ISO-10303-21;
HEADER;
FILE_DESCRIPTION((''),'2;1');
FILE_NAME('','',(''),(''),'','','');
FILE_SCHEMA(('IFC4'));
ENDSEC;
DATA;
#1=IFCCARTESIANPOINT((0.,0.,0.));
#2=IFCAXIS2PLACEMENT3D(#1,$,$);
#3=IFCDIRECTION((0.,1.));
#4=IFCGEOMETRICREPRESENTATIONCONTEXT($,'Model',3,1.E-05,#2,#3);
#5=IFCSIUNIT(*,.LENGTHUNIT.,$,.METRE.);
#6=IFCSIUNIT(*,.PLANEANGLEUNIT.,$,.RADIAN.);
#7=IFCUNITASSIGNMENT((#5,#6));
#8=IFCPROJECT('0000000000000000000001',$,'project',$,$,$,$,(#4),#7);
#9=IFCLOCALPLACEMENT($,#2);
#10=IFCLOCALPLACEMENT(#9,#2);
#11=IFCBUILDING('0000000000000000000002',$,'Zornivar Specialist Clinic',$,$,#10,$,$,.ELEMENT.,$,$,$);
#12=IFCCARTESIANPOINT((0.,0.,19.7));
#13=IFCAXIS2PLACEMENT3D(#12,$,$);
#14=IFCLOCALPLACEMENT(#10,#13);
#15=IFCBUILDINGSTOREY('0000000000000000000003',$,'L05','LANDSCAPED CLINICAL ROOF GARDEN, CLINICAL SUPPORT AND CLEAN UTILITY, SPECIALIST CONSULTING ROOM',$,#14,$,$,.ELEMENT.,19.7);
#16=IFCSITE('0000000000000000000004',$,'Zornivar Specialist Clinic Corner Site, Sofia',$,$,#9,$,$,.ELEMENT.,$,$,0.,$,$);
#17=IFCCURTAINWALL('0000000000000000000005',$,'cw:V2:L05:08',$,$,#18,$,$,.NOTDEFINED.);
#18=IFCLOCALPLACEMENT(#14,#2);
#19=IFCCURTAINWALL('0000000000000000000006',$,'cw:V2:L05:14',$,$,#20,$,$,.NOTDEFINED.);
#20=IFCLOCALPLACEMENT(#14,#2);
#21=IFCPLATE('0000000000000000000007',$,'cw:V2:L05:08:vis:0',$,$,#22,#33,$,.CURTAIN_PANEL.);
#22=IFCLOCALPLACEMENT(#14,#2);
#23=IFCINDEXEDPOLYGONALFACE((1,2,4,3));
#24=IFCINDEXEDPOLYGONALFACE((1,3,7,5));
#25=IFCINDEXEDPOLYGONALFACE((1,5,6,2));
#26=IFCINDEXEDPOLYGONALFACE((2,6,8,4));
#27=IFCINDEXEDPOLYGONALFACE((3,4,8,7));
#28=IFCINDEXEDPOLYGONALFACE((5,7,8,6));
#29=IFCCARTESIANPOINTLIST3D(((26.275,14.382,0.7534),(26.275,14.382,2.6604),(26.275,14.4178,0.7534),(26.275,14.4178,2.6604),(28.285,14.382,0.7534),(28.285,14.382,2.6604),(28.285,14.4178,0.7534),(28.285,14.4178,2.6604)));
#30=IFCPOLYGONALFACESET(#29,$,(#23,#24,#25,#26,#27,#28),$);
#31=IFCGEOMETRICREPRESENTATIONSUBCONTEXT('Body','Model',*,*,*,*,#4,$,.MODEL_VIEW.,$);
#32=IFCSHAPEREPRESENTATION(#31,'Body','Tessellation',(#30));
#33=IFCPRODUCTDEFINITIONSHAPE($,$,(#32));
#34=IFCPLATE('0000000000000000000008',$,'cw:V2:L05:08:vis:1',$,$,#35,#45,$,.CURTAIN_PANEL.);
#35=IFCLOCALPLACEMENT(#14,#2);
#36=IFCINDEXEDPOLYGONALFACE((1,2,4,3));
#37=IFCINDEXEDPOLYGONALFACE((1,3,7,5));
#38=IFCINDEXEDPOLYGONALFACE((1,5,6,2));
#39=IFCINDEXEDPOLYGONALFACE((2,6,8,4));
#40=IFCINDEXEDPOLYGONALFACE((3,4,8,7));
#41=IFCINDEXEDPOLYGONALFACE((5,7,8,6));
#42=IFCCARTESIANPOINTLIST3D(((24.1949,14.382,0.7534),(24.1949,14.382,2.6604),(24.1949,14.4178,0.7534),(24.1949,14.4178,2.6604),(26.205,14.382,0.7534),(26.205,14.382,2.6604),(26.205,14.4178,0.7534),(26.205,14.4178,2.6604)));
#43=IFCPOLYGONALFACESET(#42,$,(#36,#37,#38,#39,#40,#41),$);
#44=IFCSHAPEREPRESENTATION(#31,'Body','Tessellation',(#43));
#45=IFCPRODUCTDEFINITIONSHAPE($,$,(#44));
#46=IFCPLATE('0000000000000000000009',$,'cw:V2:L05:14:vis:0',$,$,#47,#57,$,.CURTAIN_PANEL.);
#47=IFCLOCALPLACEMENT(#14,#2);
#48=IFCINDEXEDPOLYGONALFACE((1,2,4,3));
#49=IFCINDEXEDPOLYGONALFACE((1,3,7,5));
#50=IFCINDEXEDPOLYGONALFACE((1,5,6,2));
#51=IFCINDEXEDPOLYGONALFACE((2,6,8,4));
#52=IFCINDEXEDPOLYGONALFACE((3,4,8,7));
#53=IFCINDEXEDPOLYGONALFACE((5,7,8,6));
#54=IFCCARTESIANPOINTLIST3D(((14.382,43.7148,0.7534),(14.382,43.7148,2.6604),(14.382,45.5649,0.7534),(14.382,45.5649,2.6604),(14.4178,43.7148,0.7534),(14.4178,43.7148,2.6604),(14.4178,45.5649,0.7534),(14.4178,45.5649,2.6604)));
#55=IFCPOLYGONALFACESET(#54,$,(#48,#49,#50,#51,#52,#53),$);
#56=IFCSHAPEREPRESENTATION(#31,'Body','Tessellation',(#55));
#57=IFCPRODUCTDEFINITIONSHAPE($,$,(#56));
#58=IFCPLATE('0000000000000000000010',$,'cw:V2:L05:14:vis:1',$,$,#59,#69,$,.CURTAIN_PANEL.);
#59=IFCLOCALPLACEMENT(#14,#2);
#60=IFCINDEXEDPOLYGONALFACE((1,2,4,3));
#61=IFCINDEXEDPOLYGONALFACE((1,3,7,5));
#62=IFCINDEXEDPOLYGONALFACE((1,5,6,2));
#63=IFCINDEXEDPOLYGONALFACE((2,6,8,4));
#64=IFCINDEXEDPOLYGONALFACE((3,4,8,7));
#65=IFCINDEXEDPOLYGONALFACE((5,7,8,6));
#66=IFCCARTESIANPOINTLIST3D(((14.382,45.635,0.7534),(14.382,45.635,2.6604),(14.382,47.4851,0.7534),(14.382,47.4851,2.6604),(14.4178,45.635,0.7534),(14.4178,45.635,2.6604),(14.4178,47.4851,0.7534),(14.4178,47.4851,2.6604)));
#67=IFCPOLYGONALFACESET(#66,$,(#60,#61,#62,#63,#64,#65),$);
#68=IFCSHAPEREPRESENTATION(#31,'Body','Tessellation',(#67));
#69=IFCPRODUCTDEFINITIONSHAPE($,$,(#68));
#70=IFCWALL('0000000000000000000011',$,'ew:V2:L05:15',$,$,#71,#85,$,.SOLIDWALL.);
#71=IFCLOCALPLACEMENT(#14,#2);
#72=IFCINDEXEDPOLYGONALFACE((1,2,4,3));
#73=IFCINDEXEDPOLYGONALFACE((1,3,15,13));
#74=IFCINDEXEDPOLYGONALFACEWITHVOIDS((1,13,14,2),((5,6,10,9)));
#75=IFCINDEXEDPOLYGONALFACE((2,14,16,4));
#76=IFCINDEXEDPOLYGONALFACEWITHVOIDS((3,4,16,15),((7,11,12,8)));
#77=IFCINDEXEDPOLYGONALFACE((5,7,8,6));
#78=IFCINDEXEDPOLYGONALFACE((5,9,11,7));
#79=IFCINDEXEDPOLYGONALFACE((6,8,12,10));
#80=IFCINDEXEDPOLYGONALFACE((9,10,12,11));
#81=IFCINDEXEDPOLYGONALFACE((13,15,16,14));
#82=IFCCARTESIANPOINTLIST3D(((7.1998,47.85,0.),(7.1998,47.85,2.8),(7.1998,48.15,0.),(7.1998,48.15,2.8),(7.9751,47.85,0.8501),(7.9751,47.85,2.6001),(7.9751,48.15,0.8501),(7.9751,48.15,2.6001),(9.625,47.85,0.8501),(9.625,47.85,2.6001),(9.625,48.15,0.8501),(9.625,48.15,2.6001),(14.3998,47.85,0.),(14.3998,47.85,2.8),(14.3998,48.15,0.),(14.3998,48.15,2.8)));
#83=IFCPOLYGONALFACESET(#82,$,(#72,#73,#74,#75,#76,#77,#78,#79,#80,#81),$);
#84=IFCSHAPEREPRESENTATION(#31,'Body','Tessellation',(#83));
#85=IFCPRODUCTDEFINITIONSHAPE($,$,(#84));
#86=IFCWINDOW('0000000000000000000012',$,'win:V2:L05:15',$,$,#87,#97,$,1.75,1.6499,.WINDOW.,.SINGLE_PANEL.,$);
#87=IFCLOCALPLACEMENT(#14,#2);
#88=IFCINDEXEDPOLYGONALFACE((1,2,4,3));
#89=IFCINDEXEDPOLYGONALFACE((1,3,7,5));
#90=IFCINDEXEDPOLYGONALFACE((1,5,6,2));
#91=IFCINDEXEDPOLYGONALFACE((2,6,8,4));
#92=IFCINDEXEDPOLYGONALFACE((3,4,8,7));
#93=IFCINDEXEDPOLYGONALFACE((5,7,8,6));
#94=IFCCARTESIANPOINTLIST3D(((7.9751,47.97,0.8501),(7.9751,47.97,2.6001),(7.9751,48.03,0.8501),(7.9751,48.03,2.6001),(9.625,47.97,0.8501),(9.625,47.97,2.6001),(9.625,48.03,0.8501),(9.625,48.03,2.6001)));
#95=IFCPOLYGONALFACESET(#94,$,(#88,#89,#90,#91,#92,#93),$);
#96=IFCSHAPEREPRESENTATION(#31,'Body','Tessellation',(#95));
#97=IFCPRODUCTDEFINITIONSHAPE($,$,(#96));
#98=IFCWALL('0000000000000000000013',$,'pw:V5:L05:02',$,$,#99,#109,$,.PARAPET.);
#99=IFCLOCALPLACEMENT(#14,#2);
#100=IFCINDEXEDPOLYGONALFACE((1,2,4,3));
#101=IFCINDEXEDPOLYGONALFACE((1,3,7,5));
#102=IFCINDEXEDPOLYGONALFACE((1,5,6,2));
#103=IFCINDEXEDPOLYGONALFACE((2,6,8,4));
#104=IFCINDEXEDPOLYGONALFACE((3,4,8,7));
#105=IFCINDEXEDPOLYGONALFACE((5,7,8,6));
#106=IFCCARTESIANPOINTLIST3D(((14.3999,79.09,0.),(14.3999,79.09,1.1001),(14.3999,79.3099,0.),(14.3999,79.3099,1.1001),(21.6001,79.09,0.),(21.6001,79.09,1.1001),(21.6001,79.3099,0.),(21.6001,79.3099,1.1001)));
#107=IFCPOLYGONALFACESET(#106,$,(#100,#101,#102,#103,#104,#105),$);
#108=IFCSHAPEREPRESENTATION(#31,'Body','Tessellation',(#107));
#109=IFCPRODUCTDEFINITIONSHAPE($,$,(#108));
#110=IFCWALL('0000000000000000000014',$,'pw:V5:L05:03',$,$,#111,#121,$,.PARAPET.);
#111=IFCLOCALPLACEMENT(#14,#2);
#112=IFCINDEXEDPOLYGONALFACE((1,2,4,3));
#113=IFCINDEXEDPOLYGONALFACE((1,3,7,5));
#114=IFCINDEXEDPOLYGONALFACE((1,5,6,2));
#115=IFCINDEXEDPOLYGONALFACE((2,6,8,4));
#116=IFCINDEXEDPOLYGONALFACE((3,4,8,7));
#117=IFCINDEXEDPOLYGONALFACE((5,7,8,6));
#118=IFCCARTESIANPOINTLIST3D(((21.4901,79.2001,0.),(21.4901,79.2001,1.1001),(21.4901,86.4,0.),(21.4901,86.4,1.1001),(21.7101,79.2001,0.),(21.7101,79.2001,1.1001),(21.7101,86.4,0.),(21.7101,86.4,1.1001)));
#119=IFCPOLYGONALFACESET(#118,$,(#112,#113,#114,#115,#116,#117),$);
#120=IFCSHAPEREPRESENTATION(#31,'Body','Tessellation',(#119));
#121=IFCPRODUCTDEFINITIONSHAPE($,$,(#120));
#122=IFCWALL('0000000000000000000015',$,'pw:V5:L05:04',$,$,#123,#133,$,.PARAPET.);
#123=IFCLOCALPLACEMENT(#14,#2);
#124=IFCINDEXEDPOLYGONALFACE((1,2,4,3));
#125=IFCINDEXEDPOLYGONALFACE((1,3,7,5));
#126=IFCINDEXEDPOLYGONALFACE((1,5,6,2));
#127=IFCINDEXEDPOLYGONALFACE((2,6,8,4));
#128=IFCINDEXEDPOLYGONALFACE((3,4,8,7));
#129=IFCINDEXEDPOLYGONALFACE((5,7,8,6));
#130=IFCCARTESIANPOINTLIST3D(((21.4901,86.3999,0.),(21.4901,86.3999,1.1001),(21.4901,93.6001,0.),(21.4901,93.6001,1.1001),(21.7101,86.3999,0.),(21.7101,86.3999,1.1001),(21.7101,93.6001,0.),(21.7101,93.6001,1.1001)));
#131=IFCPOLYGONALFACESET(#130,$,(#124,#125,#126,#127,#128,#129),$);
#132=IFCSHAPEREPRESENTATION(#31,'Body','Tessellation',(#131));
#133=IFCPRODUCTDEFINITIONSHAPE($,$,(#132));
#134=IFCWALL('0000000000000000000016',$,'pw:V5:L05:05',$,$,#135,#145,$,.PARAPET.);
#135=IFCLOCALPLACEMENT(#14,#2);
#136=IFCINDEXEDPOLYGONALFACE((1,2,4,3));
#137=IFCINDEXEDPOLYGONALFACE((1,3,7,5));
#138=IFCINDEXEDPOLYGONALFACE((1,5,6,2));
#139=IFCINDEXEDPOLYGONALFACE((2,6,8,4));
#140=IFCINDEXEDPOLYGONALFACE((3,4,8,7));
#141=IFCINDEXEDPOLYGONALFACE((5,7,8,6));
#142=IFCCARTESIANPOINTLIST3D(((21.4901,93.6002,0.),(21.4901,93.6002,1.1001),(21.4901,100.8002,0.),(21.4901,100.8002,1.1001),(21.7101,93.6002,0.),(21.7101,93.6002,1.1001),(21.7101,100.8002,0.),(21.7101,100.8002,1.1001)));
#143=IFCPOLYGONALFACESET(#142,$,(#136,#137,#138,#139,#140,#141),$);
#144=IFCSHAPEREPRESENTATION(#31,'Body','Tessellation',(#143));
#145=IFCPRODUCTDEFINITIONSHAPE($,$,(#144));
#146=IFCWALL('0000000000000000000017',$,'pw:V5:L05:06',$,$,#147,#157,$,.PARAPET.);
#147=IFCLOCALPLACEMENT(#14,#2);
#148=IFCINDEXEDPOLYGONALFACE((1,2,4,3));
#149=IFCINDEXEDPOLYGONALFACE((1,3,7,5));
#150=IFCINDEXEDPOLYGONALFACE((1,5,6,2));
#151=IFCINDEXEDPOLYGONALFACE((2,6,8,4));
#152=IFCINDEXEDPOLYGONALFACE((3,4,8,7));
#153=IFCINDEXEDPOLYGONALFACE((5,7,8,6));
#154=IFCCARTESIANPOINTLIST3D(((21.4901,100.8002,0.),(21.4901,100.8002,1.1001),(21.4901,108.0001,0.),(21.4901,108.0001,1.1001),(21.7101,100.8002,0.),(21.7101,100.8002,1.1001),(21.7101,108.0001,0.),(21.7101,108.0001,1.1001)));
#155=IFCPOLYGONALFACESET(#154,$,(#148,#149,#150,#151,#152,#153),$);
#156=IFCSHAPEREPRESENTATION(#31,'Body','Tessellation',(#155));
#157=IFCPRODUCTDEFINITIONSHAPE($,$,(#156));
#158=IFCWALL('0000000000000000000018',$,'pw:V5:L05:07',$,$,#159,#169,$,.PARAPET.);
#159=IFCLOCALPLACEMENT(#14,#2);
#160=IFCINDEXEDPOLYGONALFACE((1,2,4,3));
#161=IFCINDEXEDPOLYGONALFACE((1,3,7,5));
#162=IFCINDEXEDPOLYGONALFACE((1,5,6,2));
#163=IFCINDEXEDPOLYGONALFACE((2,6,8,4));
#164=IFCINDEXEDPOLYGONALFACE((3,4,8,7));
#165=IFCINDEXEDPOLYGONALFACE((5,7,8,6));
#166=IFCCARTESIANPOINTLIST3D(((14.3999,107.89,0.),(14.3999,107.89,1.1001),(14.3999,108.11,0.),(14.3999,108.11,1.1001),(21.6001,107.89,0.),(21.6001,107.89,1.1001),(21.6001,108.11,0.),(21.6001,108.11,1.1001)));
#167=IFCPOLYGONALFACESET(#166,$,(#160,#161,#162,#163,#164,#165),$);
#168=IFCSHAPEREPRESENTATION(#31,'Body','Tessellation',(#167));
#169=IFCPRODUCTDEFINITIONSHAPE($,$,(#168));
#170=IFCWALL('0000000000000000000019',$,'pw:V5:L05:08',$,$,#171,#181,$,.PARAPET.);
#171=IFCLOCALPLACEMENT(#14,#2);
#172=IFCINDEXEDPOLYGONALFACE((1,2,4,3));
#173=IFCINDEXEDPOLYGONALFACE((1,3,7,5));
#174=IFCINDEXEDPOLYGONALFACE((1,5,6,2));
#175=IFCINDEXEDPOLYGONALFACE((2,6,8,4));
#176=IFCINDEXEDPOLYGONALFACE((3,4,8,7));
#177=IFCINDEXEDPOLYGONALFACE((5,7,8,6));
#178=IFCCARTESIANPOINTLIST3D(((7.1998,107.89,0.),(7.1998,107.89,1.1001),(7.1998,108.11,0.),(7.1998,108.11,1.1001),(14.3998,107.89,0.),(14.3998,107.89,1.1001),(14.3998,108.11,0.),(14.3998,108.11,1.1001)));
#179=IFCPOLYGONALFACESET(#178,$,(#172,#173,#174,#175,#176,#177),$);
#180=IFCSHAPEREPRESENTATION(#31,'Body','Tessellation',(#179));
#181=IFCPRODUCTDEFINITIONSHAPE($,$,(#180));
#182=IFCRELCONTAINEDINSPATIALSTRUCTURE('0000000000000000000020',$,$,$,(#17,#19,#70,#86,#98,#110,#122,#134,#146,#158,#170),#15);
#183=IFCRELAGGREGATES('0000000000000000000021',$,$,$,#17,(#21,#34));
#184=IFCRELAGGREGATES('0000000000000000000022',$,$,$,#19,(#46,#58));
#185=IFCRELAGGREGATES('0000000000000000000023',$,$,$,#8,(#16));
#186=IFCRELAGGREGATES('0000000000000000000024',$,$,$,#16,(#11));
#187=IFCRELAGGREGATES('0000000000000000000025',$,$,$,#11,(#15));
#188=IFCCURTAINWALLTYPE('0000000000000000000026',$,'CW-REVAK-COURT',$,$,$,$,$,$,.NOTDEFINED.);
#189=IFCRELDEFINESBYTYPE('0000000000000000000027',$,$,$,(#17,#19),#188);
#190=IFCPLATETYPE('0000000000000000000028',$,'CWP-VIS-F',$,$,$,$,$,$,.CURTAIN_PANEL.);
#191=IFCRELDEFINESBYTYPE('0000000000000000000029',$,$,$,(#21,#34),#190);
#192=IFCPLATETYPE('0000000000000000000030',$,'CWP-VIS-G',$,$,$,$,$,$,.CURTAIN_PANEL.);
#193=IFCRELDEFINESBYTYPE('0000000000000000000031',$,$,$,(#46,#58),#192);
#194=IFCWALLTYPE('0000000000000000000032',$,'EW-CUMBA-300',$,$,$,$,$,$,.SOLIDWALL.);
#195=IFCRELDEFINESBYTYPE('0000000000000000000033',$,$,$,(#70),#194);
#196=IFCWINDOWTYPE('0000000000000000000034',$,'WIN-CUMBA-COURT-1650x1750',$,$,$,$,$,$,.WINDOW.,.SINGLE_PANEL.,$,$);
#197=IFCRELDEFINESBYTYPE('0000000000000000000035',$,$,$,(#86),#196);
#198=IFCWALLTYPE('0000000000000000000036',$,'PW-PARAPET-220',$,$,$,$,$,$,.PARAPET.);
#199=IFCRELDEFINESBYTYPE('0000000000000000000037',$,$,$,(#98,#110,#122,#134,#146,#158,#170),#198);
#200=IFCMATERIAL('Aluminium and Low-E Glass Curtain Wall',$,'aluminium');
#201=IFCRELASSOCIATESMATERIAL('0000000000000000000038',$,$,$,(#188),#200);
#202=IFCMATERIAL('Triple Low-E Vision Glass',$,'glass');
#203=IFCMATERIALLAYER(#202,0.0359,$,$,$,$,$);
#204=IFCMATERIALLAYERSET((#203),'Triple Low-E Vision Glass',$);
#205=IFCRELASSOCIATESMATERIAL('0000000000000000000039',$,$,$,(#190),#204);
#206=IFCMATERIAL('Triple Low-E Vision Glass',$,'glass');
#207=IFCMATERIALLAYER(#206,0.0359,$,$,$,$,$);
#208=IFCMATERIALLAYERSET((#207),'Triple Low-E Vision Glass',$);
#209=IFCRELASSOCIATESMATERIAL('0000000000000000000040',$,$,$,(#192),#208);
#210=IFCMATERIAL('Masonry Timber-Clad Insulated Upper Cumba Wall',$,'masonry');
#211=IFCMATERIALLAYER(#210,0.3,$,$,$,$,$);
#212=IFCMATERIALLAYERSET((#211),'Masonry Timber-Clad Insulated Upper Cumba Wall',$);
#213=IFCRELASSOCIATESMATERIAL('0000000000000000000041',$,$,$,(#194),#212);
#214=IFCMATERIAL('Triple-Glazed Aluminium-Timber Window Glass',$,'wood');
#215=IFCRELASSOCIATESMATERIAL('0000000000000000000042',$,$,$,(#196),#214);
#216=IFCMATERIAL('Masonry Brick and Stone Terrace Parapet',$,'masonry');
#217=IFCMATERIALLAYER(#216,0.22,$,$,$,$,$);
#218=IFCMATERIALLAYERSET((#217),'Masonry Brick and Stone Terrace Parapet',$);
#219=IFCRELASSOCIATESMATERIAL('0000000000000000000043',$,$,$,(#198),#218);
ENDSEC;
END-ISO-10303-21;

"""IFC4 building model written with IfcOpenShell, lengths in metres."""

from ifc_helpers import new_model, si_unit, direction, frame, frame_2d, origin, origin_2d, place, context, subcontext, project, spatial, rectangle, extrude, material, layer, layer_set, type_object, element, fill, aggregate, save


model = new_model("IFC4")

# Units and contexts
model_context = context("Model", 3, precision=1e-05, world=origin(), true_north=direction((0.0, 1.0)))
body_context = subcontext(model_context, "Body", "Model", "MODEL_VIEW")
ifc_project = project(units=[si_unit("LENGTHUNIT", "METRE"), si_unit("PLANEANGLEUNIT", "RADIAN")], contexts=[model_context])

# Site, building, storey
site_placement = place(None, origin())
site = spatial("IfcSite", under=ifc_project, at=site_placement, Name="Zornivar Specialist Clinic Corner Site, Sofia", CompositionType="ELEMENT", RefElevation=0.0)
building_placement = place(site_placement, origin())
building = spatial("IfcBuilding", under=site, at=building_placement, Name="Zornivar Specialist Clinic", CompositionType="ELEMENT")
storey_placement = place(building_placement, frame((0.0, 0.0, 19.7)))
storey = spatial("IfcBuildingStorey", under=building, at=storey_placement, Name="L05", Description="LANDSCAPED CLINICAL ROOF GARDEN, CLINICAL SUPPORT AND CLEAN UTILITY, SPECIALIST CONSULTING ROOM", CompositionType="ELEMENT", Elevation=19.7)

# Curtain wall
ifc_material_1 = material(Name="Aluminium and Low-E Glass Curtain Wall", Category="aluminium")
curtain_wall_type = type_object("IfcCurtainWallType", Name="CW-REVAK-COURT", PredefinedType="NOTDEFINED", material=ifc_material_1)
curtain_wall_1_placement = place(storey_placement, origin())
curtain_wall_1 = element("IfcCurtainWall", 1, at=curtain_wall_1_placement, inside=storey, type_object=curtain_wall_type, Name="cw:V2:L05:08", PredefinedType="NOTDEFINED")

# Curtain wall
curtain_wall_2_placement = place(storey_placement, origin())
curtain_wall_2 = element("IfcCurtainWall", 2, at=curtain_wall_2_placement, inside=storey, type_object=curtain_wall_type, Name="cw:V2:L05:14", PredefinedType="NOTDEFINED")

# Plates
ifc_material_2 = material(Name="Triple Low-E Vision Glass", Category="glass")
ifc_layer_1 = layer(ifc_material_2, 0.0359)
ifc_layer_set_1 = layer_set([ifc_layer_1], Name="Triple Low-E Vision Glass")
plate_type_1 = type_object("IfcPlateType", Name="CWP-VIS-F", PredefinedType="CURTAIN_PANEL", material=ifc_layer_set_1)
plate_1_placement = place(storey_placement, frame((27.28, 14.3999, 0.7534), z_axis=(0.0, 0.0, 1.0), x_axis=(-1.0, 0.0, 0.0)))
plate_1 = element("IfcPlate", 3, at=plate_1_placement, type_object=plate_type_1, Name="cw:V2:L05:08:vis:0", PredefinedType="CURTAIN_PANEL", context=body_context, shape_type="SweptSolid", body=[
    extrude(rectangle(XDim=2.01, YDim=0.0359, at=origin_2d()), origin(), (0.0, 0.0, 1.0), 1.907),
])
plate_2_placement = place(storey_placement, frame((25.2, 14.3999, 0.7534), z_axis=(0.0, 0.0, 1.0), x_axis=(-1.0, 0.0, 0.0)))
plate_2 = element("IfcPlate", 4, at=plate_2_placement, type_object=plate_type_1, Name="cw:V2:L05:08:vis:1", PredefinedType="CURTAIN_PANEL", context=body_context, shape_type="SweptSolid", body=[
    extrude(rectangle(XDim=2.01, YDim=0.0359, at=origin_2d()), origin(), (0.0, 0.0, 1.0), 1.907),
])
aggregate(curtain_wall_1, [plate_1, plate_2])
ifc_material_3 = material(Name="Triple Low-E Vision Glass", Category="glass")
ifc_layer_2 = layer(ifc_material_3, 0.0359)
ifc_layer_set_2 = layer_set([ifc_layer_2], Name="Triple Low-E Vision Glass")
plate_type_2 = type_object("IfcPlateType", Name="CWP-VIS-G", PredefinedType="CURTAIN_PANEL", material=ifc_layer_set_2)
plate_3_placement = place(storey_placement, frame((14.3999, 44.6399, 0.7534), z_axis=(0.0, 0.0, 1.0), x_axis=(0.0, 1.0, 0.0)))
plate_3 = element("IfcPlate", 5, at=plate_3_placement, type_object=plate_type_2, Name="cw:V2:L05:14:vis:0", PredefinedType="CURTAIN_PANEL", context=body_context, shape_type="SweptSolid", body=[
    extrude(rectangle(XDim=1.8501, YDim=0.0359, at=origin_2d()), origin(), (0.0, 0.0, 1.0), 1.907),
])
plate_4_placement = place(storey_placement, frame((14.3999, 46.5601, 0.7534), z_axis=(0.0, 0.0, 1.0), x_axis=(0.0, 1.0, 0.0)))
plate_4 = element("IfcPlate", 6, at=plate_4_placement, type_object=plate_type_2, Name="cw:V2:L05:14:vis:1", PredefinedType="CURTAIN_PANEL", context=body_context, shape_type="SweptSolid", body=[
    extrude(rectangle(XDim=1.8501, YDim=0.0359, at=origin_2d()), origin(), (0.0, 0.0, 1.0), 1.907),
])
aggregate(curtain_wall_2, [plate_3, plate_4])

# Wall, opening, window
ifc_material_4 = material(Name="Masonry Timber-Clad Insulated Upper Cumba Wall", Category="masonry")
ifc_layer_3 = layer(ifc_material_4, 0.3)
ifc_layer_set_3 = layer_set([ifc_layer_3], Name="Masonry Timber-Clad Insulated Upper Cumba Wall")
wall_type_1 = type_object("IfcWallType", Name="EW-CUMBA-300", PredefinedType="SOLIDWALL", material=ifc_layer_set_3)
wall_1_placement = place(storey_placement, frame((14.3999, 48.0, 0.0), z_axis=(0.0, 0.0, 1.0), x_axis=(-1.0, 0.0, 0.0)))
wall_1 = element("IfcWall", 7, at=wall_1_placement, inside=storey, type_object=wall_type_1, Name="ew:V2:L05:15", PredefinedType="SOLIDWALL", context=body_context, shape_type="SweptSolid", body=[
    extrude(rectangle(XDim=7.2, YDim=0.3, at=frame_2d((3.6001, 0.0))), origin(), (0.0, 0.0, 1.0), 2.8),
])
opening_placement = place(wall_1_placement, frame((4.7749, 0.0, 0.8501)))
opening = element("IfcOpeningElement", 8, at=opening_placement, cuts=wall_1, PredefinedType="OPENING", context=body_context, shape_type="SweptSolid", body=[
    extrude(rectangle(XDim=1.6499, YDim=1.75, at=frame_2d((0.825, 0.875))), frame((0.0, 0.1599, 0.0), z_axis=(0.0, -1.0, 0.0), x_axis=(1.0, 0.0, 0.0)), (0.0, 0.0, 1.0), 0.3201),
])
ifc_material_5 = material(Name="Triple-Glazed Aluminium-Timber Window Glass", Category="wood")
window_type = type_object("IfcWindowType", Name="WIN-CUMBA-COURT-1650x1750", PartitioningType="SINGLE_PANEL", PredefinedType="WINDOW", material=ifc_material_5)
window_placement = place(opening_placement, origin())
window = element("IfcWindow", 9, at=window_placement, inside=storey, type_object=window_type, Name="win:V2:L05:15", OverallHeight=1.75, OverallWidth=1.6499, PartitioningType="SINGLE_PANEL", PredefinedType="WINDOW", context=body_context, shape_type="SweptSolid", body=[
    extrude(rectangle(XDim=1.6499, YDim=1.75, at=frame_2d((0.825, 0.875))), frame((0.0, 0.03, 0.0), z_axis=(0.0, -1.0, 0.0), x_axis=(1.0, 0.0, 0.0)), (0.0, 0.0, 1.0), 0.0601),
])
fill(opening, window)

# Walls
ifc_material_6 = material(Name="Masonry Brick and Stone Terrace Parapet", Category="masonry")
ifc_layer_4 = layer(ifc_material_6, 0.22)
ifc_layer_set_4 = layer_set([ifc_layer_4], Name="Masonry Brick and Stone Terrace Parapet")
wall_type_2 = type_object("IfcWallType", Name="PW-PARAPET-220", PredefinedType="PARAPET", material=ifc_layer_set_4)
wall_2_placement = place(storey_placement, frame((14.3999, 79.2, 0.0), z_axis=(0.0, 0.0, 1.0), x_axis=(1.0, 0.0, 0.0)))
element("IfcWall", 10, at=wall_2_placement, inside=storey, type_object=wall_type_2, Name="pw:V5:L05:02", PredefinedType="PARAPET", context=body_context, shape_type="SweptSolid", body=[
    extrude(rectangle(XDim=7.2002, YDim=0.22, at=frame_2d((3.6001, 0.0))), origin(), (0.0, 0.0, 1.0), 1.1001),
])
wall_3_placement = place(storey_placement, frame((21.6001, 79.2, 0.0), z_axis=(0.0, 0.0, 1.0), x_axis=(0.0, 1.0, 0.0)))
element("IfcWall", 11, at=wall_3_placement, inside=storey, type_object=wall_type_2, Name="pw:V5:L05:03", PredefinedType="PARAPET", context=body_context, shape_type="SweptSolid", body=[
    extrude(rectangle(XDim=7.2, YDim=0.22, at=frame_2d((3.6001, 0.0))), origin(), (0.0, 0.0, 1.0), 1.1001),
])
wall_4_placement = place(storey_placement, frame((21.6001, 86.3999, 0.0), z_axis=(0.0, 0.0, 1.0), x_axis=(0.0, 1.0, 0.0)))
element("IfcWall", 12, at=wall_4_placement, inside=storey, type_object=wall_type_2, Name="pw:V5:L05:04", PredefinedType="PARAPET", context=body_context, shape_type="SweptSolid", body=[
    extrude(rectangle(XDim=7.2002, YDim=0.22, at=frame_2d((3.6001, 0.0))), origin(), (0.0, 0.0, 1.0), 1.1001),
])
for number, where, z_axis, x_axis, name in (
    (13, (21.6001, 93.6001, 0.0), (0.0, 0.0, 1.0), (0.0, 1.0, 0.0), "pw:V5:L05:05"),
    (14, (21.6001, 100.8, 0.0), (0.0, 0.0, 1.0), (0.0, 1.0, 0.0), "pw:V5:L05:06"),
):
    element("IfcWall", number, at=place(storey_placement, frame(where, z_axis=z_axis, x_axis=x_axis)), inside=storey, type_object=wall_type_2, Name=name, PredefinedType="PARAPET", context=body_context, shape_type="SweptSolid", body=[
        extrude(rectangle(XDim=7.2, YDim=0.22, at=frame_2d((3.6001, 0.0))), origin(), (0.0, 0.0, 1.0), 1.1001),
    ])
wall_5_placement = place(storey_placement, frame((21.6001, 108.0, 0.0), z_axis=(0.0, 0.0, 1.0), x_axis=(-1.0, 0.0, 0.0)))
element("IfcWall", 15, at=wall_5_placement, inside=storey, type_object=wall_type_2, Name="pw:V5:L05:07", PredefinedType="PARAPET", context=body_context, shape_type="SweptSolid", body=[
    extrude(rectangle(XDim=7.2002, YDim=0.22, at=frame_2d((3.6001, 0.0))), origin(), (0.0, 0.0, 1.0), 1.1001),
])
wall_6_placement = place(storey_placement, frame((14.3999, 108.0, 0.0), z_axis=(0.0, 0.0, 1.0), x_axis=(-1.0, 0.0, 0.0)))
element("IfcWall", 16, at=wall_6_placement, inside=storey, type_object=wall_type_2, Name="pw:V5:L05:08", PredefinedType="PARAPET", context=body_context, shape_type="SweptSolid", body=[
    extrude(rectangle(XDim=7.2, YDim=0.22, at=frame_2d((3.6001, 0.0))), origin(), (0.0, 0.0, 1.0), 1.1001),
])

save(model, "model.ifc")
